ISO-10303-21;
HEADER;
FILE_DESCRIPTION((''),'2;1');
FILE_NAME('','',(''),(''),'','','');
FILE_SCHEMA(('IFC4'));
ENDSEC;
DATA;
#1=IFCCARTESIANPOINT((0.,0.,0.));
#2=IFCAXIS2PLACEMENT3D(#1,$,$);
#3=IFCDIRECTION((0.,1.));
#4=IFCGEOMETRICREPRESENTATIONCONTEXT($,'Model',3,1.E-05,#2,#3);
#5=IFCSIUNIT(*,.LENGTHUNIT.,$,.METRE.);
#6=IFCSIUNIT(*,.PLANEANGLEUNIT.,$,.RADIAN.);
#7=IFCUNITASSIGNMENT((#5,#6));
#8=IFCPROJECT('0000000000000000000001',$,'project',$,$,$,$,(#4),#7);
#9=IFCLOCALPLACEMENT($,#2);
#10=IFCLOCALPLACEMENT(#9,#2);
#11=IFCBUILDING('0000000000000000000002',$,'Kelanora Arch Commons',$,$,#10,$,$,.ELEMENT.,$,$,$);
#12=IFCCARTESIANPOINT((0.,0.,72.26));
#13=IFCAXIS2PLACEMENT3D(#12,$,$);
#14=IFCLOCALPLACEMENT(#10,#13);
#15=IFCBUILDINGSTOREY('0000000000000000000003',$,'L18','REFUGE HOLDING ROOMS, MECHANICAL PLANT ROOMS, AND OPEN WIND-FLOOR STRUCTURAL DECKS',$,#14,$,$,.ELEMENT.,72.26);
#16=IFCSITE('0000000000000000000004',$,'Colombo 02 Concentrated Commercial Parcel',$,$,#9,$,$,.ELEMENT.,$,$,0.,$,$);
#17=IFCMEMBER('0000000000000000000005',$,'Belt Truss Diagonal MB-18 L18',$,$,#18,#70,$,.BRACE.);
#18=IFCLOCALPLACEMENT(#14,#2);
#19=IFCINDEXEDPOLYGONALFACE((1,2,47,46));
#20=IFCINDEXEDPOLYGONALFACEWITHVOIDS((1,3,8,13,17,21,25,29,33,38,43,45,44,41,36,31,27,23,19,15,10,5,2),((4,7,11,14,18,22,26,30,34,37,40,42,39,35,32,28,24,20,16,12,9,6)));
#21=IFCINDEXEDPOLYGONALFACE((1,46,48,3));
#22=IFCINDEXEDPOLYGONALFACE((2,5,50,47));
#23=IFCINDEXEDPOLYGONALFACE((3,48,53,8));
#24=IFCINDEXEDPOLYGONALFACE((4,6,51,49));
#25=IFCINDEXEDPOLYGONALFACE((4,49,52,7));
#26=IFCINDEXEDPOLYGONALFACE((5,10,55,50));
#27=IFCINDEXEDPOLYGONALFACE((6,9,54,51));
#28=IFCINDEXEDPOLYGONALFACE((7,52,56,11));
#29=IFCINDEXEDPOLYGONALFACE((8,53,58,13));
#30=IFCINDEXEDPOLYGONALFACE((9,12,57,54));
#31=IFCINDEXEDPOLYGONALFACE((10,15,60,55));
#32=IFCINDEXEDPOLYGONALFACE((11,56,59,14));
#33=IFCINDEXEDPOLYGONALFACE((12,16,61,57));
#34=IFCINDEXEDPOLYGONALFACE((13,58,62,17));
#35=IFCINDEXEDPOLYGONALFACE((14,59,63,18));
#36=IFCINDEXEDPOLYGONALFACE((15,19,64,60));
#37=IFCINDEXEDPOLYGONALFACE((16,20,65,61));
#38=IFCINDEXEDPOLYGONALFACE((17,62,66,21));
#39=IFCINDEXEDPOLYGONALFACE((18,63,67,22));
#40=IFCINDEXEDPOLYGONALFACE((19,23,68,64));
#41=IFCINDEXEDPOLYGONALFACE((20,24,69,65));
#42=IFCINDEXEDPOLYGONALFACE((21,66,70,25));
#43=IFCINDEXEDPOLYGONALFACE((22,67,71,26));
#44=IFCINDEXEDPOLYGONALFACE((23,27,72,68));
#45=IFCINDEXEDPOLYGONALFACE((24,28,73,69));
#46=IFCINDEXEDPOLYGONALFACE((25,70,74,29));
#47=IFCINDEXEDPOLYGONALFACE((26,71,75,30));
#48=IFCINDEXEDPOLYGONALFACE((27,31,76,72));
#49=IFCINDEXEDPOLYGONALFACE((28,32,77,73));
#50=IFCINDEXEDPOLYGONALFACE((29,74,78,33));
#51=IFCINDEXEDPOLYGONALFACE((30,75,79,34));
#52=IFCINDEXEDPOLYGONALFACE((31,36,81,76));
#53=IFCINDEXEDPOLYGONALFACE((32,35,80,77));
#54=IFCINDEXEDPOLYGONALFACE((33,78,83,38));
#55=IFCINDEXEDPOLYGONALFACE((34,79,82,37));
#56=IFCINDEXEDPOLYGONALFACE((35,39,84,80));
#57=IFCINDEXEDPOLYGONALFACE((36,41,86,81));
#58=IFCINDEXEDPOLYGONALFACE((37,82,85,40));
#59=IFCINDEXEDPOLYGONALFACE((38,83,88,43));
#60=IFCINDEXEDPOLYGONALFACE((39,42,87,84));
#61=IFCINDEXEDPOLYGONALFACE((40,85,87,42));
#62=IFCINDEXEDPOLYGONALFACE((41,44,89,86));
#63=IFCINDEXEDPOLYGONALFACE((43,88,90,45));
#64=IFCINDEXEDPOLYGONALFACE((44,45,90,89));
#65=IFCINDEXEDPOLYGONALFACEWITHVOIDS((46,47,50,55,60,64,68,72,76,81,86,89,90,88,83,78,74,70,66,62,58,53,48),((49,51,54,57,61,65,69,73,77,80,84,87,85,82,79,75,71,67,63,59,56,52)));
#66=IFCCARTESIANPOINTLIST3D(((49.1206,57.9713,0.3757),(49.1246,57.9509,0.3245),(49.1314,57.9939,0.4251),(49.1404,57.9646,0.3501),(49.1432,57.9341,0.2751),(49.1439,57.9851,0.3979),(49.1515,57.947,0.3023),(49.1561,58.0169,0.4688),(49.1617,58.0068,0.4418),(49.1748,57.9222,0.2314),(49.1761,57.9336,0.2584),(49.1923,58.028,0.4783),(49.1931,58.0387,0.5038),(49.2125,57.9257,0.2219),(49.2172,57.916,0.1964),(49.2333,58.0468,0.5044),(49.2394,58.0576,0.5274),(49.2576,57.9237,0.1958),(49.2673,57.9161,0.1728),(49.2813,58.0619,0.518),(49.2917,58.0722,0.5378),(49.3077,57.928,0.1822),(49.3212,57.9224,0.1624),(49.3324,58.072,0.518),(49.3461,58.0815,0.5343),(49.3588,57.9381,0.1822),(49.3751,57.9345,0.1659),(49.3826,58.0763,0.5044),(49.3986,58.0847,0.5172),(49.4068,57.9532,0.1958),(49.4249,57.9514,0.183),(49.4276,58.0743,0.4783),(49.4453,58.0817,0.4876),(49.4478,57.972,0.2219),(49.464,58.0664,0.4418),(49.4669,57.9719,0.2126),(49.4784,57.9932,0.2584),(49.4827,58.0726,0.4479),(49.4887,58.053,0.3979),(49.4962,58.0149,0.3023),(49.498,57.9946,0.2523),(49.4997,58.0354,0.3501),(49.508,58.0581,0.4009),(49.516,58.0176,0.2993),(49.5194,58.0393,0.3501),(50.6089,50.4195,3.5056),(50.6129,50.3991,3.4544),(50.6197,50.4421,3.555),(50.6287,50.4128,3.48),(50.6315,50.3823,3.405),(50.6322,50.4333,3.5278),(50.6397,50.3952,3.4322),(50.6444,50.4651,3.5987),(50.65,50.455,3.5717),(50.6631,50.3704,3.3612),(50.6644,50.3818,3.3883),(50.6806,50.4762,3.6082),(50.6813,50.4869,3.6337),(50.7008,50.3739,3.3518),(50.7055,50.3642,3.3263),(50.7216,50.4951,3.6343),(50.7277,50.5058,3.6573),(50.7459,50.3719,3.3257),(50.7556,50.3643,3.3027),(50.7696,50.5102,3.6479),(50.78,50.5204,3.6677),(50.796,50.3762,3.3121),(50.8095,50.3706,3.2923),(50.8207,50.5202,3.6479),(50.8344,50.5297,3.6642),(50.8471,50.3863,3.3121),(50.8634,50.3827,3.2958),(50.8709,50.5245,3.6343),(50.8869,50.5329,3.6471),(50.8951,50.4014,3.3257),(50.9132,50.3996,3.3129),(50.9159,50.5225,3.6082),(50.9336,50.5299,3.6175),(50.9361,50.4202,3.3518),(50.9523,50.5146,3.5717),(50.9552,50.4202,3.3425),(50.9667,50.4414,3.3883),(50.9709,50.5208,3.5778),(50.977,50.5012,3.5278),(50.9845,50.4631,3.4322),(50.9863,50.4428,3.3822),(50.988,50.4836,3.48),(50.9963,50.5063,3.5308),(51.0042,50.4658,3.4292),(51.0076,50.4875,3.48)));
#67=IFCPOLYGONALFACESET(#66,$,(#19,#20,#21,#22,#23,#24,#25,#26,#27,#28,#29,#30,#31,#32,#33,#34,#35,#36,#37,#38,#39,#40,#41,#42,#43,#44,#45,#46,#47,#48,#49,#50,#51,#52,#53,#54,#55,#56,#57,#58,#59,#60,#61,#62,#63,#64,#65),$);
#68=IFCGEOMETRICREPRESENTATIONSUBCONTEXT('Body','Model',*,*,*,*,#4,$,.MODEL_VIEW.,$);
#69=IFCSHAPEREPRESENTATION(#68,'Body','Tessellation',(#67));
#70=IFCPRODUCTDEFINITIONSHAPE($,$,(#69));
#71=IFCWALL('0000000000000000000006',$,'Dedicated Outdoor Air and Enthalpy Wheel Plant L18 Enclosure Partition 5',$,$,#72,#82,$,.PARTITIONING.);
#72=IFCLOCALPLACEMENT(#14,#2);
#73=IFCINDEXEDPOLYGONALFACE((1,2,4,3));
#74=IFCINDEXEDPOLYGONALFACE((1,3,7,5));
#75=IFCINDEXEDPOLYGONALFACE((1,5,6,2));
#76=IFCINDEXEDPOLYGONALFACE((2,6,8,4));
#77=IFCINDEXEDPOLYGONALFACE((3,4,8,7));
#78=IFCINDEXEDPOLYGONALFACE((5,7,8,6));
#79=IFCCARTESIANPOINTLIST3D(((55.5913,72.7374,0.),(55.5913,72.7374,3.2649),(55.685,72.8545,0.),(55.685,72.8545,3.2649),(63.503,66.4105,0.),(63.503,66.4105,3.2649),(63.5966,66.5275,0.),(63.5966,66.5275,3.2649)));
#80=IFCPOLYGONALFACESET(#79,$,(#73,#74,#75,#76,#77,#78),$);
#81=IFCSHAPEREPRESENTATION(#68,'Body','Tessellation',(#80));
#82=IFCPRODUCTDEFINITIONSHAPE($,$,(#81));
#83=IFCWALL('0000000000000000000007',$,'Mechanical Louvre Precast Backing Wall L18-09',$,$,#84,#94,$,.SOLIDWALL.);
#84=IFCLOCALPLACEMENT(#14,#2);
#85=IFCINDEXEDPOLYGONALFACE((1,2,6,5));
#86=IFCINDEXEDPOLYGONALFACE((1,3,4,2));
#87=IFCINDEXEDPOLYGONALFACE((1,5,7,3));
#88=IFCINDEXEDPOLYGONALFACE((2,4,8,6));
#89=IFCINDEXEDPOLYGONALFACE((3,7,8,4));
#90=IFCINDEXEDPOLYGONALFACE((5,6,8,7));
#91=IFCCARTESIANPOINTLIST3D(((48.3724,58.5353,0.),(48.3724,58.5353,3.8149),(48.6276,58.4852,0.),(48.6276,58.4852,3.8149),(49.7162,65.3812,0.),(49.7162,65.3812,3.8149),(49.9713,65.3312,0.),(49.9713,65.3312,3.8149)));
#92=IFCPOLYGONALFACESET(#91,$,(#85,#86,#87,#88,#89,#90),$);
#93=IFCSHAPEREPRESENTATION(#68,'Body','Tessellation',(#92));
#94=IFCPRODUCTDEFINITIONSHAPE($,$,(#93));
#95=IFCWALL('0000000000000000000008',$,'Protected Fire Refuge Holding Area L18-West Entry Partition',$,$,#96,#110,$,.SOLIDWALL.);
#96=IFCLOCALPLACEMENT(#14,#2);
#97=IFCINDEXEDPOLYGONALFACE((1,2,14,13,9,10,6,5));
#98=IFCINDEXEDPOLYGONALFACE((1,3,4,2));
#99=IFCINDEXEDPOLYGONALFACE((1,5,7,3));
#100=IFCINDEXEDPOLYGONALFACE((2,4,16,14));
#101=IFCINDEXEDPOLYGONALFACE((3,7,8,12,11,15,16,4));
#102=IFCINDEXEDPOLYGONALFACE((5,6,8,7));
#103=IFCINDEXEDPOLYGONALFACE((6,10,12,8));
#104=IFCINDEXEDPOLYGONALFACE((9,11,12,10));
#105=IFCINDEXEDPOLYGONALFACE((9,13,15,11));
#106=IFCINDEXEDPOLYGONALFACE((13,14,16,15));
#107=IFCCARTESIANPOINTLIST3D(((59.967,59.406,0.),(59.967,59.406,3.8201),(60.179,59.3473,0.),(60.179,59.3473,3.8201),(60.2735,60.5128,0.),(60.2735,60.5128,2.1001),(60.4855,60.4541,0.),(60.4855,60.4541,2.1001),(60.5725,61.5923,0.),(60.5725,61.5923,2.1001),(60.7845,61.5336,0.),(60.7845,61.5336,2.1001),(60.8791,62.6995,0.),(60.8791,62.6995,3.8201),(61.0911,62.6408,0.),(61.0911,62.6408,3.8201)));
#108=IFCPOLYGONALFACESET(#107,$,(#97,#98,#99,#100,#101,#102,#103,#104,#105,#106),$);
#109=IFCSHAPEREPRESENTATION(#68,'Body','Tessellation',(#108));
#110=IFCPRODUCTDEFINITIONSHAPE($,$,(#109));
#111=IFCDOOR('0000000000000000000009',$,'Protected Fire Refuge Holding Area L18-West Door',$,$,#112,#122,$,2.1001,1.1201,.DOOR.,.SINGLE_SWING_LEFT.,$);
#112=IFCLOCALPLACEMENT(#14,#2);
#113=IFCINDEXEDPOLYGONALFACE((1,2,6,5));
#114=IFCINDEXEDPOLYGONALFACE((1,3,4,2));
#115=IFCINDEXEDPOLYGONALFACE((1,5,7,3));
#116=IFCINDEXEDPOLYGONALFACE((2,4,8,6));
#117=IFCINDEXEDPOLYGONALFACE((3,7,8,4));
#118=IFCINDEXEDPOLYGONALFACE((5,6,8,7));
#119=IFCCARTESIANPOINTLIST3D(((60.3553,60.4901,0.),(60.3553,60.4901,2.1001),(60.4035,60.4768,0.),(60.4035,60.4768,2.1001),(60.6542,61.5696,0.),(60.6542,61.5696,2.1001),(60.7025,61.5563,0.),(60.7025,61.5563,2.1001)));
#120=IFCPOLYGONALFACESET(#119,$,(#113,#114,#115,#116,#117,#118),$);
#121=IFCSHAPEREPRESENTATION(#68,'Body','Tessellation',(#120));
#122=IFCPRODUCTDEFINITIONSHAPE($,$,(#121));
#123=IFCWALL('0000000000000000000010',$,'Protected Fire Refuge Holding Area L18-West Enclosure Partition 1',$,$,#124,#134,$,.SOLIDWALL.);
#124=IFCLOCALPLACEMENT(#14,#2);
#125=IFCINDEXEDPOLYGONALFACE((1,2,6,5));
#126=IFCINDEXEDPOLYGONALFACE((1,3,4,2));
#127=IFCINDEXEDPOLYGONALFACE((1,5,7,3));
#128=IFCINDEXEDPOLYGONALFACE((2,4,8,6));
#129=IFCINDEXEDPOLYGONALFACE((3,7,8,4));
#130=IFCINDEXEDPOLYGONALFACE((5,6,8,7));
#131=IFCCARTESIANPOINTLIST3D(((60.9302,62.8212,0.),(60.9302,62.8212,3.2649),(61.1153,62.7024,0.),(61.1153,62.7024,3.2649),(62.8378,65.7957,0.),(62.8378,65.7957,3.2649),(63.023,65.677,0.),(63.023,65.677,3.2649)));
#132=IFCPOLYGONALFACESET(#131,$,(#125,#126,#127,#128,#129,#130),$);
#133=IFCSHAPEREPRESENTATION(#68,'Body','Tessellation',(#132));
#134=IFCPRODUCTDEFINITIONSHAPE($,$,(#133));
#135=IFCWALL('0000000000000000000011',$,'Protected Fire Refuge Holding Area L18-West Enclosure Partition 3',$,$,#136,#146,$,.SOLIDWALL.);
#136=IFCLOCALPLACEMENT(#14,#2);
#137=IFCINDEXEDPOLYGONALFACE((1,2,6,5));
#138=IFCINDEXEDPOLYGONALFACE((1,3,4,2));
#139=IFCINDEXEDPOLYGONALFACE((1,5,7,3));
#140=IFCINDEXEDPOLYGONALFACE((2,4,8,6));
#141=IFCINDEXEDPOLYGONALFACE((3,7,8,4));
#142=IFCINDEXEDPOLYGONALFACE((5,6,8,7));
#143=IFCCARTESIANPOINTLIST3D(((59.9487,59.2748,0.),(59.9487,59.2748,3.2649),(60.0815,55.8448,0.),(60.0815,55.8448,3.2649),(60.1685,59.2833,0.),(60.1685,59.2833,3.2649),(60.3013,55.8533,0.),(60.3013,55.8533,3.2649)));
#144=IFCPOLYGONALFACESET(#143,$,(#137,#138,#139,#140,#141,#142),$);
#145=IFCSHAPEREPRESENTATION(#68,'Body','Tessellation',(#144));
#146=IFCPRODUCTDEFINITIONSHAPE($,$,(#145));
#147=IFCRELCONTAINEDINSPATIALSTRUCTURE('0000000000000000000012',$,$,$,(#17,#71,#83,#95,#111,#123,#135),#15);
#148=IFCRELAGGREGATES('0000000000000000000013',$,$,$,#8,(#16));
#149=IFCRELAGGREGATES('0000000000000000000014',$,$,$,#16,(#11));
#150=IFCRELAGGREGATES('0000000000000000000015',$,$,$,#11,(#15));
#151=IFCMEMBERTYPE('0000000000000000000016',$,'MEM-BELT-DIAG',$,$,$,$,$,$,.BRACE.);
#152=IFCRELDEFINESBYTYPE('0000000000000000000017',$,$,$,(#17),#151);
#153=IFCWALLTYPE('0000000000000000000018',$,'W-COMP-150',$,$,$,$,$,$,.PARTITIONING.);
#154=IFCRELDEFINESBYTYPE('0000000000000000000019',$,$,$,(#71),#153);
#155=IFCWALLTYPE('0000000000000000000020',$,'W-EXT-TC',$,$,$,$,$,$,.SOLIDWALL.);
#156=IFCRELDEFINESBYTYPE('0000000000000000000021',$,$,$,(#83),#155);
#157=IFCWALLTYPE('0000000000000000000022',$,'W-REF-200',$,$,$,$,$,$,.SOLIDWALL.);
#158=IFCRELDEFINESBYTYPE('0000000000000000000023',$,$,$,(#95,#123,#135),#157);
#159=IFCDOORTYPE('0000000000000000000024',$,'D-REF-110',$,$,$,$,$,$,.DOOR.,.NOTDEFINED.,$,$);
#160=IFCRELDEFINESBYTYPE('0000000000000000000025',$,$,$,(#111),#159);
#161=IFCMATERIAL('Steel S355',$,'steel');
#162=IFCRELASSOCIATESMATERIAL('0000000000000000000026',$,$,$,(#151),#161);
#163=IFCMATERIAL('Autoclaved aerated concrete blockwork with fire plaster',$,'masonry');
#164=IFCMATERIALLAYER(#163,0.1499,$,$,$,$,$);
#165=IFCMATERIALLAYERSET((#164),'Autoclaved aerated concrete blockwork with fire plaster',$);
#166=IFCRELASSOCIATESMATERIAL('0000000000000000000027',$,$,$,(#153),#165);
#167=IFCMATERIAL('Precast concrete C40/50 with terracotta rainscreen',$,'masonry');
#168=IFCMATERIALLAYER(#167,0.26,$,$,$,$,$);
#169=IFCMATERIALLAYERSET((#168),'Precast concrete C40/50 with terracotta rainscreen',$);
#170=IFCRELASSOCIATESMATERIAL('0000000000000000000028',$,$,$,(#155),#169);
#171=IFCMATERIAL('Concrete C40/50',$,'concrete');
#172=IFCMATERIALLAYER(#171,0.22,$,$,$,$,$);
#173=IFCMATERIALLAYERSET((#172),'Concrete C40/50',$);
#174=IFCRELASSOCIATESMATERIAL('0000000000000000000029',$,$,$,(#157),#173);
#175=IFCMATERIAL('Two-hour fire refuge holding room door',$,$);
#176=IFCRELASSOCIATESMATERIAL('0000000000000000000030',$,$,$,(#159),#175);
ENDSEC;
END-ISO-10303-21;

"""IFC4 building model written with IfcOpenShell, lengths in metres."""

from ifc_helpers import new_model, si_unit, direction, frame, frame_2d, origin, origin_2d, place, context, subcontext, project, spatial, rectangle, hollow_circle, extrude, material, layer, layer_set, material_profile, profile_set, type_object, element, fill, save


model = new_model("IFC4")

# Units and contexts
model_context = context("Model", 3, precision=1e-05, world=origin(), true_north=direction((0.0, 1.0)))
body_context = subcontext(model_context, "Body", "Model", "MODEL_VIEW")
ifc_project = project(units=[si_unit("LENGTHUNIT", "METRE"), si_unit("PLANEANGLEUNIT", "RADIAN")], contexts=[model_context])

# Site, building, storey
site_placement = place(None, origin())
site = spatial("IfcSite", under=ifc_project, at=site_placement, Name="Colombo 02 Concentrated Commercial Parcel", CompositionType="ELEMENT", RefElevation=0.0)
building_placement = place(site_placement, origin())
building = spatial("IfcBuilding", under=site, at=building_placement, Name="Kelanora Arch Commons", CompositionType="ELEMENT")
storey_placement = place(building_placement, frame((0.0, 0.0, 72.26)))
storey = spatial("IfcBuildingStorey", under=building, at=storey_placement, Name="L18", Description="REFUGE HOLDING ROOMS, MECHANICAL PLANT ROOMS, AND OPEN WIND-FLOOR STRUCTURAL DECKS", CompositionType="ELEMENT", Elevation=72.26)

# Shared definitions
ifc_material_1 = material(Name="Steel S355", Category="steel")

# Member
ifc_material_profile_1 = material_profile(ifc_material_1, hollow_circle(Radius=0.2031, WallThickness=0.02, at=origin_2d()), Name="CHS406.4x20")
ifc_profile_set_1 = profile_set([ifc_material_profile_1], Name="Steel S355")
member_type = type_object("IfcMemberType", Name="MEM-BELT-DIAG", PredefinedType="BRACE", material=ifc_profile_set_1)
for number, where, z_axis, x_axis, name in (
    (1, (49.3201, 58.0, 0.3501), (0.179116, -0.90886, 0.376684), (0.981128, 0.193358, 0.0), "Belt Truss Diagonal MB-18 L18"),
):
    element("IfcMember", number, at=place(storey_placement, frame(where, z_axis=z_axis, x_axis=x_axis)), inside=storey, type_object=member_type, Name=name, PredefinedType="BRACE", context=body_context, shape_type="SweptSolid", body=[
        extrude(hollow_circle(Radius=0.2031, WallThickness=0.02, at=origin_2d()), origin(), (0.0, 0.0, 1.0), 8.3091),
    ])

# Walls
ifc_material_2 = material(Name="Autoclaved aerated concrete blockwork with fire plaster", Category="masonry")
ifc_layer_1 = layer(ifc_material_2, 0.1499)
ifc_layer_set_1 = layer_set([ifc_layer_1], Name="Autoclaved aerated concrete blockwork with fire plaster")
wall_type_1 = type_object("IfcWallType", Name="W-COMP-150", PredefinedType="PARTITIONING", material=ifc_layer_set_1)
wall_1_placement = place(storey_placement, frame((63.5498, 66.469, 0.0), z_axis=(0.0, 0.0, 1.0), x_axis=(-0.780984, 0.624551, 0.0)))
element("IfcWall", 2, at=wall_1_placement, inside=storey, type_object=wall_type_1, Name="Dedicated Outdoor Air and Enthalpy Wheel Plant L18 Enclosure Partition 5", PredefinedType="PARTITIONING", context=body_context, shape_type="SweptSolid", body=[
    extrude(rectangle(XDim=10.1304, YDim=0.1499, at=frame_2d((5.0652, 0.0))), origin(), (0.0, 0.0, 1.0), 3.2649),
])
ifc_material_3 = material(Name="Precast concrete C40/50 with terracotta rainscreen", Category="masonry")
ifc_layer_2 = layer(ifc_material_3, 0.26)
ifc_layer_set_2 = layer_set([ifc_layer_2], Name="Precast concrete C40/50 with terracotta rainscreen")
wall_type_2 = type_object("IfcWallType", Name="W-EXT-TC", PredefinedType="SOLIDWALL", material=ifc_layer_set_2)
wall_2_placement = place(storey_placement, frame((49.8438, 65.3562, 0.0), z_axis=(0.0, 0.0, 1.0), x_axis=(-0.192609, -0.981276, 0.0)))
element("IfcWall", 3, at=wall_2_placement, inside=storey, type_object=wall_type_2, Name="Mechanical Louvre Precast Backing Wall L18-09", PredefinedType="SOLIDWALL", context=body_context, shape_type="SweptSolid", body=[
    extrude(rectangle(XDim=6.9766, YDim=0.26, at=frame_2d((3.4883, 0.0))), origin(), (0.0, 0.0, 1.0), 3.8149),
])

# Wall, opening, door
ifc_material_4 = material(Name="Concrete C40/50", Category="concrete")
ifc_layer_3 = layer(ifc_material_4, 0.22)
ifc_layer_set_3 = layer_set([ifc_layer_3], Name="Concrete C40/50")
wall_type_3 = type_object("IfcWallType", Name="W-REF-200", PredefinedType="SOLIDWALL", material=ifc_layer_set_3)
wall_3_placement = place(storey_placement, frame((60.9851, 62.6702, 0.0), z_axis=(0.0, 0.0, 1.0), x_axis=(-0.266899, -0.963724, 0.0)))
wall_3 = element("IfcWall", 4, at=wall_3_placement, inside=storey, type_object=wall_type_3, Name="Protected Fire Refuge Holding Area L18-West Entry Partition", PredefinedType="SOLIDWALL", context=body_context, shape_type="SweptSolid", body=[
    extrude(rectangle(XDim=3.4175, YDim=0.22, at=frame_2d((1.7087, 0.0))), origin(), (0.0, 0.0, 1.0), 3.8201),
])
opening_placement = place(wall_3_placement, frame((1.1489, 0.0, 0.0)))
opening = element("IfcOpeningElement", 5, at=opening_placement, cuts=wall_3, PredefinedType="OPENING", context=body_context, shape_type="SweptSolid", body=[
    extrude(rectangle(XDim=1.1201, YDim=2.1001, at=frame_2d((0.5601, 1.05))), frame((0.0, 0.1201, 0.0), z_axis=(0.0, -1.0, 0.0), x_axis=(1.0, 0.0, 0.0)), (0.0, 0.0, 1.0), 0.24),
])
ifc_material_5 = material(Name="Two-hour fire refuge holding room door")
door_type = type_object("IfcDoorType", Name="D-REF-110", OperationType="NOTDEFINED", PredefinedType="DOOR", material=ifc_material_5)
door_placement = place(opening_placement, origin())
door = element("IfcDoor", 6, at=door_placement, inside=storey, type_object=door_type, Name="Protected Fire Refuge Holding Area L18-West Door", OperationType="SINGLE_SWING_LEFT", OverallHeight=2.1001, OverallWidth=1.1201, PredefinedType="DOOR", context=body_context, shape_type="SweptSolid", body=[
    extrude(rectangle(XDim=1.1201, YDim=2.1001, at=frame_2d((0.5601, 1.05))), frame((0.0, 0.0249, 0.0), z_axis=(0.0, -1.0, 0.0), x_axis=(1.0, 0.0, 0.0)), (0.0, 0.0, 1.0), 0.05),
])
fill(opening, door)

# Walls
wall_4_placement = place(storey_placement, frame((62.9304, 65.7363, 0.0), z_axis=(0.0, 0.0, 1.0), x_axis=(-0.539849, -0.841762, 0.0)))
element("IfcWall", 7, at=wall_4_placement, inside=storey, type_object=wall_type_3, Name="Protected Fire Refuge Holding Area L18-West Enclosure Partition 1", PredefinedType="SOLIDWALL", context=body_context, shape_type="SweptSolid", body=[
    extrude(rectangle(XDim=3.5337, YDim=0.22, at=frame_2d((1.7668, 0.0))), origin(), (0.0, 0.0, 1.0), 3.2649),
])
wall_5_placement = place(storey_placement, frame((60.0586, 59.2791, 0.0), z_axis=(0.0, 0.0, 1.0), x_axis=(0.038693, -0.999251, 0.0)))
element("IfcWall", 8, at=wall_5_placement, inside=storey, type_object=wall_type_3, Name="Protected Fire Refuge Holding Area L18-West Enclosure Partition 3", PredefinedType="SOLIDWALL", context=body_context, shape_type="SweptSolid", body=[
    extrude(rectangle(XDim=3.4326, YDim=0.22, at=frame_2d((1.7163, 0.0))), origin(), (0.0, 0.0, 1.0), 3.2649),
])

save(model, "model.ifc")
